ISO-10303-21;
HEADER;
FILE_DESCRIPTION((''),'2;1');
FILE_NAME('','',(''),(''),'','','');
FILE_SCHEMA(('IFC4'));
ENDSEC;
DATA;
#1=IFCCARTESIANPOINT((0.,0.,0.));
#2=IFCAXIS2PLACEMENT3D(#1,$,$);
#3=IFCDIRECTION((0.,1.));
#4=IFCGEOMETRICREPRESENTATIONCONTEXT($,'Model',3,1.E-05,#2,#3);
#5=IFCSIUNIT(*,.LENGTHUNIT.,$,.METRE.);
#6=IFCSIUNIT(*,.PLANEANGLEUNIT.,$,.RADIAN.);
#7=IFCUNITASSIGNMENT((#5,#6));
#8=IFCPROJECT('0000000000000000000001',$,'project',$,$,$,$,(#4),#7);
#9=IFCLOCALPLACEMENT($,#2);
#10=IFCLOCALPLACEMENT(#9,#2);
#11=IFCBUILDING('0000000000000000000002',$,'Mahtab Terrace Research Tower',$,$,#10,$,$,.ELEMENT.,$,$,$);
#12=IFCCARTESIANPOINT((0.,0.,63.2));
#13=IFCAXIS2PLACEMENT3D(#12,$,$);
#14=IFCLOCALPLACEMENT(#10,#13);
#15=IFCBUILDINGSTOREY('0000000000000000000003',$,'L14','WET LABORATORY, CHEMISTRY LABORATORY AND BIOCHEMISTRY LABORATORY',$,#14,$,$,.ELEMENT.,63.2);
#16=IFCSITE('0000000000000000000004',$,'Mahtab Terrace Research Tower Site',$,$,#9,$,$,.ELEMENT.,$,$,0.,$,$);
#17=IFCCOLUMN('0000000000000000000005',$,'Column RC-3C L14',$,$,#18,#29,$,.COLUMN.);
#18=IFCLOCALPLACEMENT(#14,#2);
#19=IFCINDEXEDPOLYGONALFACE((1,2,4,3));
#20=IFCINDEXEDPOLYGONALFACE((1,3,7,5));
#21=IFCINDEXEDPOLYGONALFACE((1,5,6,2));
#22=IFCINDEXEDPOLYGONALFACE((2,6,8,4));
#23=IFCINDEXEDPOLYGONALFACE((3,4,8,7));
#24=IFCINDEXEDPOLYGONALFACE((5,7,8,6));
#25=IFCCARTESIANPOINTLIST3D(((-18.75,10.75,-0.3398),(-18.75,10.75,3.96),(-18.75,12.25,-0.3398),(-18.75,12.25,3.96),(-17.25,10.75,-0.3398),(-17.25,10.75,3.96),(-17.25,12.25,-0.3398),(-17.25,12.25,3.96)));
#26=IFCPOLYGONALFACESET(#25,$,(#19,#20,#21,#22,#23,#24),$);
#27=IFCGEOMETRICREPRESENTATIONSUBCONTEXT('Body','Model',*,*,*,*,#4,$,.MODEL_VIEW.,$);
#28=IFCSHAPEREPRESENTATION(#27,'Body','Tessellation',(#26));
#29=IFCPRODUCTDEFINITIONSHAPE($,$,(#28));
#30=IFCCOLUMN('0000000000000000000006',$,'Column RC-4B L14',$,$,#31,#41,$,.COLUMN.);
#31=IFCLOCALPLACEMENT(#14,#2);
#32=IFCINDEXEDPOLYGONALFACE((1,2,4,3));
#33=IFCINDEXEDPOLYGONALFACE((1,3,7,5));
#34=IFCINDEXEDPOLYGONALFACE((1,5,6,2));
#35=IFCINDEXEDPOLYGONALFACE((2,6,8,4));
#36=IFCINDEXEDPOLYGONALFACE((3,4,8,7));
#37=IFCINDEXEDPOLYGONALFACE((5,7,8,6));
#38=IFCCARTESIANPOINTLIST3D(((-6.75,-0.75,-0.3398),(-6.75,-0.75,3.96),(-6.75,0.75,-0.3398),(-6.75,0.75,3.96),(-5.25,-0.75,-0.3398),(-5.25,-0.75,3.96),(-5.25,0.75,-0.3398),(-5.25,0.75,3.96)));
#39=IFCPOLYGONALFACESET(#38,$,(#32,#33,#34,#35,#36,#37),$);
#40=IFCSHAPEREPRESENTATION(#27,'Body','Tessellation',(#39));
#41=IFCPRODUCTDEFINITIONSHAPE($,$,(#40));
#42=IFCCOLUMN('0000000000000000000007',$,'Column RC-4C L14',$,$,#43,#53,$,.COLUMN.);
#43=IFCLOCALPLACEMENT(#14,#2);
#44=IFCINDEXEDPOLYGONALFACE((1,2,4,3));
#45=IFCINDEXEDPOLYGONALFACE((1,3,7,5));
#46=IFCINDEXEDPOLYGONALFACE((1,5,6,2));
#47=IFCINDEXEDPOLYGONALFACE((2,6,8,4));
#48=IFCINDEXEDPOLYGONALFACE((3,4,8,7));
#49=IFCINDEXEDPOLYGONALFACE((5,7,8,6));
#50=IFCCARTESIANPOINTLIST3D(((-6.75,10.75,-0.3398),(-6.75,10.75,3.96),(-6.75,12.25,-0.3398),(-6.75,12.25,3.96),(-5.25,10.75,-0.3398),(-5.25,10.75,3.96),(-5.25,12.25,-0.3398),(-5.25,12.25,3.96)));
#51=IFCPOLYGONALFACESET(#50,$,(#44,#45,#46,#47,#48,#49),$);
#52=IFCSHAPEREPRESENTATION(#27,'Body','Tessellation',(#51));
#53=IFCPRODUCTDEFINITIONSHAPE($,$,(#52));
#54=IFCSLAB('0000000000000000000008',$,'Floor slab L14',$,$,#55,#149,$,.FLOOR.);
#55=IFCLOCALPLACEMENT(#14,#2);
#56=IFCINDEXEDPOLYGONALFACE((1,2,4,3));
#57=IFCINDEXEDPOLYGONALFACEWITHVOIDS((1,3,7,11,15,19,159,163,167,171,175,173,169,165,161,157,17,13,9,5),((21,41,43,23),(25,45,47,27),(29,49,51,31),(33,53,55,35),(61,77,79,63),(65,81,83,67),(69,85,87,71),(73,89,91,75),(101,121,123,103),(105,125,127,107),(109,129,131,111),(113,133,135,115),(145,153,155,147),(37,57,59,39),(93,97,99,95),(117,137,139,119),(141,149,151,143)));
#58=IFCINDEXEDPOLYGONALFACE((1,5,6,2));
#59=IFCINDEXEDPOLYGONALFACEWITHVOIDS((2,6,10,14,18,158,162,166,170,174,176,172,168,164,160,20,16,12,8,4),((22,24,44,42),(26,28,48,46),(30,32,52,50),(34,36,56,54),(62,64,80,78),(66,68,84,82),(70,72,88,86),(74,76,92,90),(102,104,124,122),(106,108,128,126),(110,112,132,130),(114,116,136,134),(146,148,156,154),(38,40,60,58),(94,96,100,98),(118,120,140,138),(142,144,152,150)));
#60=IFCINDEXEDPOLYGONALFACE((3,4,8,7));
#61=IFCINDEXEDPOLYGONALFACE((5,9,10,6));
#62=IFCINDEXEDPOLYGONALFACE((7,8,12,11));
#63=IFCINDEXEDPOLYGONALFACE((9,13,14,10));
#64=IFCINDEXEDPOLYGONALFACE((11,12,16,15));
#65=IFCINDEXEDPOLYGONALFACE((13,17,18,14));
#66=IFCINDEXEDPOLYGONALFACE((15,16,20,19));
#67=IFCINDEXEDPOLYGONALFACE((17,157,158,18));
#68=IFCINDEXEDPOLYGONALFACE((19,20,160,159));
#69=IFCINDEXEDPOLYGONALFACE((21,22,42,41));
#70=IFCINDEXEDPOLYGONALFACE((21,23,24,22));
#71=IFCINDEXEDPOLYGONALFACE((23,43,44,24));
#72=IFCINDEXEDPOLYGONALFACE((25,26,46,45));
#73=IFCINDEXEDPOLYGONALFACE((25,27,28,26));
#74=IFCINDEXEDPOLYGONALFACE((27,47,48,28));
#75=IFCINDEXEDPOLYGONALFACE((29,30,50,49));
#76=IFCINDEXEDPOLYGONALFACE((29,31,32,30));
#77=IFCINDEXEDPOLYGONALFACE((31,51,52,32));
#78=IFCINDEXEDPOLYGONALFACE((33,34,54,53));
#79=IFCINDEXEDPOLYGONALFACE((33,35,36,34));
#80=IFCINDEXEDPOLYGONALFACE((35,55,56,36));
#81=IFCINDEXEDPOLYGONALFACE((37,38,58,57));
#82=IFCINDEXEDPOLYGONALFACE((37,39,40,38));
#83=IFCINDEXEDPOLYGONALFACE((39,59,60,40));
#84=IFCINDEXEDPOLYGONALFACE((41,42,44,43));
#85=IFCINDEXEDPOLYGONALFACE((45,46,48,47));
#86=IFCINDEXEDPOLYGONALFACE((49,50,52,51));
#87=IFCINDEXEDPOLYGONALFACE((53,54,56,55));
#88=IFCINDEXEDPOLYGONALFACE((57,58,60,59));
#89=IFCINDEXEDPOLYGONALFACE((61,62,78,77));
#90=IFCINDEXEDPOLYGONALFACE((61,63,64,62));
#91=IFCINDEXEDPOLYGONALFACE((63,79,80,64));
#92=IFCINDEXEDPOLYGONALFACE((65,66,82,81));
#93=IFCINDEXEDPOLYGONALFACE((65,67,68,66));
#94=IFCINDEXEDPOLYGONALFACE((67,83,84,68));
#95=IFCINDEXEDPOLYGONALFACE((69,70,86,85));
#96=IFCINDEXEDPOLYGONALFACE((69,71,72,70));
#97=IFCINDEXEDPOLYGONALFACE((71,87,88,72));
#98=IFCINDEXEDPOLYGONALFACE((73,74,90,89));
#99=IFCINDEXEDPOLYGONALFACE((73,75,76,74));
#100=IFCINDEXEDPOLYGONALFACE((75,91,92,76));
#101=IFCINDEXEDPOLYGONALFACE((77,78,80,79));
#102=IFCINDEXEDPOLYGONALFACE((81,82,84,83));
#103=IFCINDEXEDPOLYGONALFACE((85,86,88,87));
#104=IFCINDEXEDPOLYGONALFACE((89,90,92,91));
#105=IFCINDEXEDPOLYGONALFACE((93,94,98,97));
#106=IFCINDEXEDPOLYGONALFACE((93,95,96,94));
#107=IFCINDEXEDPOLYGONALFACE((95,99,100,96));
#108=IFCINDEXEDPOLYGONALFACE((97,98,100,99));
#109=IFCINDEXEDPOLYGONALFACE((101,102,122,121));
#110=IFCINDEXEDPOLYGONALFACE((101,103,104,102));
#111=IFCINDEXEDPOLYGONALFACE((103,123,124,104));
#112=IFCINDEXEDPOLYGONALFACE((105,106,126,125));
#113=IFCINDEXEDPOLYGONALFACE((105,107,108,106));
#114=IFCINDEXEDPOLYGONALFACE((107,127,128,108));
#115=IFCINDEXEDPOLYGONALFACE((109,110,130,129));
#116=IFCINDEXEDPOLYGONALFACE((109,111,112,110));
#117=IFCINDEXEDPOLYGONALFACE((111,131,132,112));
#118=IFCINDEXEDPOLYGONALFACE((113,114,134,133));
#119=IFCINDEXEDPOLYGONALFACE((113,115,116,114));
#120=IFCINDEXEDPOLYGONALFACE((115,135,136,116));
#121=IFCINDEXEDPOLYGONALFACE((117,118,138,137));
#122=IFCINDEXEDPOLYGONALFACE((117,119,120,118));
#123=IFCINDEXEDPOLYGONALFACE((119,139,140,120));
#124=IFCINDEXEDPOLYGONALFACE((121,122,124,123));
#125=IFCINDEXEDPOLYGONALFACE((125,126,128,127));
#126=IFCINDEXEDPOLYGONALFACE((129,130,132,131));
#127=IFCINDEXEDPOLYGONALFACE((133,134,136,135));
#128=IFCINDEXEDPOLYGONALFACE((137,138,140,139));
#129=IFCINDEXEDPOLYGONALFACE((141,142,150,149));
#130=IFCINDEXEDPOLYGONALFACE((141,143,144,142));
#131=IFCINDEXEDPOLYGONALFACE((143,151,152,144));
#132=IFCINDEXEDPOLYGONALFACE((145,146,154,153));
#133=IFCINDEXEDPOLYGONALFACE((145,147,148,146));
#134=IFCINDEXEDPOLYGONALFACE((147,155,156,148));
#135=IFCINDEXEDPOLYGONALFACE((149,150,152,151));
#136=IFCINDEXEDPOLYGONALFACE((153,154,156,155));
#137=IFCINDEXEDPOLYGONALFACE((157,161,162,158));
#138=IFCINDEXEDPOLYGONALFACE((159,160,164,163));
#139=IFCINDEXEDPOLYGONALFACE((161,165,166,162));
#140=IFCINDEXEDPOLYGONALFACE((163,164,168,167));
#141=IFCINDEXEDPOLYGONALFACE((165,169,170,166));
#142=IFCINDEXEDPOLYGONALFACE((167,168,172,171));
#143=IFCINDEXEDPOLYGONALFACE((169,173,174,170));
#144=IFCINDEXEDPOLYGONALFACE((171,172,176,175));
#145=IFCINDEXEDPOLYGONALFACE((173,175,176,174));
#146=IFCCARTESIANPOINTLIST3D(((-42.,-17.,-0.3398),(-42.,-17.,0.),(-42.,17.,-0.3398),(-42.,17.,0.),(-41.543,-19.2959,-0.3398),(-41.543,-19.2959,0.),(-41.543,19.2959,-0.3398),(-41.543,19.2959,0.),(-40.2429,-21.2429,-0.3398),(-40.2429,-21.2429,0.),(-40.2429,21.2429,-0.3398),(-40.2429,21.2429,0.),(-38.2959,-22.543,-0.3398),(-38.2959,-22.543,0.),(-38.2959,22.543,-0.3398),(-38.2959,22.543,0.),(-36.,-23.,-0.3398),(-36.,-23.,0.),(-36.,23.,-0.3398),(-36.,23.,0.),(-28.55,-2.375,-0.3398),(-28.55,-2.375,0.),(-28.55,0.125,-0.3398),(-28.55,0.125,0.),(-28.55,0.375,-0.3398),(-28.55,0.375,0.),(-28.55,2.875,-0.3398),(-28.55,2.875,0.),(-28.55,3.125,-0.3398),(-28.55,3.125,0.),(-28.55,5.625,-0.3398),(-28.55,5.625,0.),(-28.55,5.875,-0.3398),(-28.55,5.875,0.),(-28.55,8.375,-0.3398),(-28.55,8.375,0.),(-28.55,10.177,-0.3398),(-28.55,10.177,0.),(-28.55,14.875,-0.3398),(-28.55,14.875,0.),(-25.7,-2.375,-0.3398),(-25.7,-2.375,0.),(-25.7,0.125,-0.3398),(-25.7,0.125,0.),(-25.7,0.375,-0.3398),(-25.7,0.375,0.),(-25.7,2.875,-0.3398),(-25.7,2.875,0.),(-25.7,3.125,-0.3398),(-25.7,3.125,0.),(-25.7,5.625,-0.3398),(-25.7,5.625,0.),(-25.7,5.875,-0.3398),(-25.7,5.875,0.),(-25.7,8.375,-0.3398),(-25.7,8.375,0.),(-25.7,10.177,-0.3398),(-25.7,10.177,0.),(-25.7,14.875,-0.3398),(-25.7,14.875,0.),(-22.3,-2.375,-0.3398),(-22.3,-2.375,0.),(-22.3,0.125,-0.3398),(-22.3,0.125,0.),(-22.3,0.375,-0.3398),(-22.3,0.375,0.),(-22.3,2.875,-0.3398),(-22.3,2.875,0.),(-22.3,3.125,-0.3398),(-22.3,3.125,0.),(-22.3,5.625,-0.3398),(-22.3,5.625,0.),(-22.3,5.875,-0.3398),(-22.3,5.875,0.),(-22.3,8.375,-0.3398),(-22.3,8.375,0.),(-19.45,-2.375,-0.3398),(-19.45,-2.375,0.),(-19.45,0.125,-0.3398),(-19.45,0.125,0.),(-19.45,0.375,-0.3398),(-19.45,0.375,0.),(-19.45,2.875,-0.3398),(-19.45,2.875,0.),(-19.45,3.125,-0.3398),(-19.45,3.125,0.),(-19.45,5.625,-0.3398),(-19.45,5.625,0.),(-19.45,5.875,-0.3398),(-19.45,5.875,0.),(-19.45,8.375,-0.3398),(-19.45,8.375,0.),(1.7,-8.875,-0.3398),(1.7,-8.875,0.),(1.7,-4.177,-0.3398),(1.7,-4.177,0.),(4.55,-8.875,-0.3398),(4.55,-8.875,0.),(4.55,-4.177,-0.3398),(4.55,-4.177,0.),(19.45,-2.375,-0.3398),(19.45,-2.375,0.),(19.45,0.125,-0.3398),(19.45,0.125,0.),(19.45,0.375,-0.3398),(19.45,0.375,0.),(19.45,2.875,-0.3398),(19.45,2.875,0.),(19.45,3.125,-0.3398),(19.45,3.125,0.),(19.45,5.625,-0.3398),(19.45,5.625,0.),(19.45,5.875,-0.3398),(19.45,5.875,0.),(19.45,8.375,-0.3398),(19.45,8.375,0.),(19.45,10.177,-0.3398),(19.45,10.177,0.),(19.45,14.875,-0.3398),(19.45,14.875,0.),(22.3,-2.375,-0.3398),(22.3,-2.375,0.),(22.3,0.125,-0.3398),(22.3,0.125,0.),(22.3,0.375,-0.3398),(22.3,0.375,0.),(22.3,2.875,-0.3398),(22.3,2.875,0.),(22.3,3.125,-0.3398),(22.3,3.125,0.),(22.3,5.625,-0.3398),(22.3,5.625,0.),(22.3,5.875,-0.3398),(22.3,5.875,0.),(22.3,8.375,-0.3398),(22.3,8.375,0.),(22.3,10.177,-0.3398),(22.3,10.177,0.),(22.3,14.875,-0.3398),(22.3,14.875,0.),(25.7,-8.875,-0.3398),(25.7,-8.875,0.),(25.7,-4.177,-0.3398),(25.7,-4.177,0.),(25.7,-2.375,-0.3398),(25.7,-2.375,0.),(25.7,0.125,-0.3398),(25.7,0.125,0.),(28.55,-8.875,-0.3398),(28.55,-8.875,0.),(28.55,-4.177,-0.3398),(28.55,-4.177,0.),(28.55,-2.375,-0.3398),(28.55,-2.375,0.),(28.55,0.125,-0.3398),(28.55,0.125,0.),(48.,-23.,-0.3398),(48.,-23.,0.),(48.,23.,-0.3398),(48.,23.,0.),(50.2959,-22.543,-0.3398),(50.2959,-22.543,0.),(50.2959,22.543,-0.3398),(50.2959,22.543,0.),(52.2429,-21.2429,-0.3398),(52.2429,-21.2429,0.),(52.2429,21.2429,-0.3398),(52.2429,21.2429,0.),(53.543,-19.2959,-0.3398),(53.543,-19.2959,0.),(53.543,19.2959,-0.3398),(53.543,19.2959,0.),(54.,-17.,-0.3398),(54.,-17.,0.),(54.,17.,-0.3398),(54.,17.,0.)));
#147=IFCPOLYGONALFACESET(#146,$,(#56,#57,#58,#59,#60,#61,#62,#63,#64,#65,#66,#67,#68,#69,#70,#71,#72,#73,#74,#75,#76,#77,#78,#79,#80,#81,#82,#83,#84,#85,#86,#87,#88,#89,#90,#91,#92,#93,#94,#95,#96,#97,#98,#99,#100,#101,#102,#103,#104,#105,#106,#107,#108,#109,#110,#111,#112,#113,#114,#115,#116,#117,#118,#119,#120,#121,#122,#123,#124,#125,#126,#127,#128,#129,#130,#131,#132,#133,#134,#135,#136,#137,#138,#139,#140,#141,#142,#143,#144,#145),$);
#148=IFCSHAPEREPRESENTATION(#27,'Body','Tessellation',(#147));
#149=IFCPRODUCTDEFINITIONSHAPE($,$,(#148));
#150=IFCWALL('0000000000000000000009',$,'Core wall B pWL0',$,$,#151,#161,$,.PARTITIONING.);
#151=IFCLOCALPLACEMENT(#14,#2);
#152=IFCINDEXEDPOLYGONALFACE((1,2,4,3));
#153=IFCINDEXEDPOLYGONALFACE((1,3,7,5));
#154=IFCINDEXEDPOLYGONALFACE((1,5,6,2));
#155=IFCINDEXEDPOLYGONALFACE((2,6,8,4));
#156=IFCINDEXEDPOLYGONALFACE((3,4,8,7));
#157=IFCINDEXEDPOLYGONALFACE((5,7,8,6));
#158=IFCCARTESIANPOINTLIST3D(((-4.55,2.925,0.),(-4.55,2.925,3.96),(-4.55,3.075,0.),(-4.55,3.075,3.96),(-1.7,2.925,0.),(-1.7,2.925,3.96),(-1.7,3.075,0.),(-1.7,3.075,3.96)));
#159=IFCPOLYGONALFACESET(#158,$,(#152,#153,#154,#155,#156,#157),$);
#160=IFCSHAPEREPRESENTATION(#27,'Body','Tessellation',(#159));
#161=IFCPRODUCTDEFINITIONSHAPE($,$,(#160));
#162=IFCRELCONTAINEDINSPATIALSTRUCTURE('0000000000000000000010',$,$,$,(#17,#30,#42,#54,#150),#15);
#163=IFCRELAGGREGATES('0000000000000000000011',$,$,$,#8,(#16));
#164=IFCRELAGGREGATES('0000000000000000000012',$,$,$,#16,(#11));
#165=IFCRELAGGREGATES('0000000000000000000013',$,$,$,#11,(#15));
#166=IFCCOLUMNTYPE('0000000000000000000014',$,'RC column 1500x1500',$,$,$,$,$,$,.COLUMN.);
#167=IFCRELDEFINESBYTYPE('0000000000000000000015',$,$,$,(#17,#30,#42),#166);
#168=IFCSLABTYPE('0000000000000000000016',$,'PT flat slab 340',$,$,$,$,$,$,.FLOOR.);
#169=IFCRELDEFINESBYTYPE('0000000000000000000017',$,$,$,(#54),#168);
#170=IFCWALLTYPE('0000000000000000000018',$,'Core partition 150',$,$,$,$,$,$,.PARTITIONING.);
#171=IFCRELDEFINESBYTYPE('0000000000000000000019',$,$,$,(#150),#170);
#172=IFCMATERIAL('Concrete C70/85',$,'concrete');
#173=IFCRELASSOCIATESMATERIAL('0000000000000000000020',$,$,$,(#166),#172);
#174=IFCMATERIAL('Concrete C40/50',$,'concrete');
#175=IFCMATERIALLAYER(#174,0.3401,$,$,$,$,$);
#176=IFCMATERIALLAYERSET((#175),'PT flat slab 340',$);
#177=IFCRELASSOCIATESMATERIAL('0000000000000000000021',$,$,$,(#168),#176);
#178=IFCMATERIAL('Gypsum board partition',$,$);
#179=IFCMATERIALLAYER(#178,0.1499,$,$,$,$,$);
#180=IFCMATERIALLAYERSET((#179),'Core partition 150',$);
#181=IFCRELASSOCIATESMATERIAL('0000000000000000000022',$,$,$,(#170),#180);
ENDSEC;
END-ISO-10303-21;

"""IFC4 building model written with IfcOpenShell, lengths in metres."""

from ifc_helpers import new_model, si_unit, direction, frame, frame_2d, origin, origin_2d, place, context, subcontext, project, spatial, polyline, rectangle, outline, extrude, material, layer, layer_set, material_profile, profile_set, type_object, element, save


model = new_model("IFC4")

# Units and contexts
model_context = context("Model", 3, precision=1e-05, world=origin(), true_north=direction((0.0, 1.0)))
body_context = subcontext(model_context, "Body", "Model", "MODEL_VIEW")
ifc_project = project(units=[si_unit("LENGTHUNIT", "METRE"), si_unit("PLANEANGLEUNIT", "RADIAN")], contexts=[model_context])

# Site, building, storey
site_placement = place(None, origin())
site = spatial("IfcSite", under=ifc_project, at=site_placement, Name="Mahtab Terrace Research Tower Site", CompositionType="ELEMENT", RefElevation=0.0)
building_placement = place(site_placement, origin())
building = spatial("IfcBuilding", under=site, at=building_placement, Name="Mahtab Terrace Research Tower", CompositionType="ELEMENT")
storey_placement = place(building_placement, frame((0.0, 0.0, 63.2)))
storey = spatial("IfcBuildingStorey", under=building, at=storey_placement, Name="L14", Description="WET LABORATORY, CHEMISTRY LABORATORY AND BIOCHEMISTRY LABORATORY", CompositionType="ELEMENT", Elevation=63.2)

# Columns
ifc_material_1 = material(Name="Concrete C70/85", Category="concrete")
ifc_material_profile = material_profile(ifc_material_1, rectangle(XDim=1.5, YDim=1.5, at=origin_2d()), Name="RC column 1500x1500")
ifc_profile_set = profile_set([ifc_material_profile], Name="Concrete C70/85")
column_type = type_object("IfcColumnType", Name="RC column 1500x1500", PredefinedType="COLUMN", material=ifc_profile_set)
for number, where, z_axis, x_axis, name in (
    (1, (-18.0, 11.5, -0.3398), (0.0, 0.0, 1.0), (1.0, 0.0, 0.0), "Column RC-3C L14"),
    (2, (-6.0, 0.0, -0.3398), (0.0, 0.0, 1.0), (1.0, 0.0, 0.0), "Column RC-4B L14"),
    (3, (-6.0, 11.5, -0.3398), (0.0, 0.0, 1.0), (1.0, 0.0, 0.0), "Column RC-4C L14"),
):
    element("IfcColumn", number, at=place(storey_placement, frame(where, z_axis=z_axis, x_axis=x_axis)), inside=storey, type_object=column_type, Name=name, PredefinedType="COLUMN", context=body_context, shape_type="SweptSolid", body=[
        extrude(rectangle(XDim=1.5, YDim=1.5, at=origin_2d()), origin(), (0.0, 0.0, 1.0), 4.2998),
    ])

# Slab
ifc_material_2 = material(Name="Concrete C40/50", Category="concrete")
ifc_layer_1 = layer(ifc_material_2, 0.3401)
ifc_layer_set_1 = layer_set([ifc_layer_1], Name="PT flat slab 340")
slab_type = type_object("IfcSlabType", Name="PT flat slab 340", PredefinedType="FLOOR", material=ifc_layer_set_1)
slab_placement = place(storey_placement, frame((0.0, 0.0, -0.3398)))
element("IfcSlab", 4, at=slab_placement, inside=storey, type_object=slab_type, Name="Floor slab L14", PredefinedType="FLOOR", context=body_context, shape_type="SweptSolid", body=[
    extrude(outline(polyline([(53.543, 19.2959), (52.2429, 21.2429), (50.2959, 22.543), (48.0, 23.0), (-36.0, 23.0), (-38.2959, 22.543), (-40.2429, 21.2429), (-41.543, 19.2959), (-42.0, 17.0), (-42.0, -17.0), (-41.543, -19.2959), (-40.2429, -21.2429), (-38.2959, -22.543), (-36.0, -23.0), (48.0, -23.0), (50.2959, -22.543), (52.2429, -21.2429), (53.543, -19.2959), (54.0, -17.0), (54.0, 17.0), (53.543, 19.2959)]), holes=[polyline([(-28.55, -2.375), (-28.55, 0.125), (-25.7, 0.125), (-25.7, -2.375), (-28.55, -2.375)]), polyline([(-22.3, -2.375), (-22.3, 0.125), (-19.45, 0.125), (-19.45, -2.375), (-22.3, -2.375)]), polyline([(-28.55, 0.375), (-28.55, 2.875), (-25.7, 2.875), (-25.7, 0.375), (-28.55, 0.375)]), polyline([(-22.3, 0.375), (-22.3, 2.875), (-19.45, 2.875), (-19.45, 0.375), (-22.3, 0.375)]), polyline([(-28.55, 3.125), (-28.55, 5.625), (-25.7, 5.625), (-25.7, 3.125), (-28.55, 3.125)]), polyline([(-22.3, 3.125), (-22.3, 5.625), (-19.45, 5.625), (-19.45, 3.125), (-22.3, 3.125)]), polyline([(-28.55, 5.875), (-28.55, 8.375), (-25.7, 8.375), (-25.7, 5.875), (-28.55, 5.875)]), polyline([(-22.3, 5.875), (-22.3, 8.375), (-19.45, 8.375), (-19.45, 5.875), (-22.3, 5.875)]), polyline([(-28.55, 10.177), (-28.55, 14.875), (-25.7, 14.875), (-25.7, 10.177), (-28.55, 10.177)]), polyline([(1.7, -8.875), (1.7, -4.177), (4.55, -4.177), (4.55, -8.875), (1.7, -8.875)]), polyline([(25.7, -8.875), (25.7, -4.177), (28.55, -4.177), (28.55, -8.875), (25.7, -8.875)]), polyline([(19.45, -2.375), (19.45, 0.125), (22.3, 0.125), (22.3, -2.375), (19.45, -2.375)]), polyline([(25.7, -2.375), (25.7, 0.125), (28.55, 0.125), (28.55, -2.375), (25.7, -2.375)]), polyline([(19.45, 0.375), (19.45, 2.875), (22.3, 2.875), (22.3, 0.375), (19.45, 0.375)]), polyline([(19.45, 3.125), (19.45, 5.625), (22.3, 5.625), (22.3, 3.125), (19.45, 3.125)]), polyline([(19.45, 8.375), (22.3, 8.375), (22.3, 5.875), (19.45, 5.875), (19.45, 8.375)]), polyline([(19.45, 14.875), (22.3, 14.875), (22.3, 10.177), (19.45, 10.177), (19.45, 14.875)])]), origin(), (0.0, 0.0, 1.0), 0.3398),
])

# Wall
ifc_material_3 = material(Name="Gypsum board partition")
ifc_layer_2 = layer(ifc_material_3, 0.1499)
ifc_layer_set_2 = layer_set([ifc_layer_2], Name="Core partition 150")
wall_type_1 = type_object("IfcWallType", Name="Core partition 150", PredefinedType="PARTITIONING", material=ifc_layer_set_2)
wall_1_placement = place(storey_placement, frame((-4.55, 3.0, 0.0), z_axis=(0.0, 0.0, 1.0), x_axis=(1.0, 0.0, 0.0)))
element("IfcWall", 5, at=wall_1_placement, inside=storey, type_object=wall_type_1, Name="Core wall B pWL0", PredefinedType="PARTITIONING", context=body_context, shape_type="SweptSolid", body=[
    extrude(rectangle(XDim=2.8501, YDim=0.1499, at=frame_2d((1.425, 0.0))), origin(), (0.0, 0.0, 1.0), 3.96),
])

save(model, "model.ifc")
